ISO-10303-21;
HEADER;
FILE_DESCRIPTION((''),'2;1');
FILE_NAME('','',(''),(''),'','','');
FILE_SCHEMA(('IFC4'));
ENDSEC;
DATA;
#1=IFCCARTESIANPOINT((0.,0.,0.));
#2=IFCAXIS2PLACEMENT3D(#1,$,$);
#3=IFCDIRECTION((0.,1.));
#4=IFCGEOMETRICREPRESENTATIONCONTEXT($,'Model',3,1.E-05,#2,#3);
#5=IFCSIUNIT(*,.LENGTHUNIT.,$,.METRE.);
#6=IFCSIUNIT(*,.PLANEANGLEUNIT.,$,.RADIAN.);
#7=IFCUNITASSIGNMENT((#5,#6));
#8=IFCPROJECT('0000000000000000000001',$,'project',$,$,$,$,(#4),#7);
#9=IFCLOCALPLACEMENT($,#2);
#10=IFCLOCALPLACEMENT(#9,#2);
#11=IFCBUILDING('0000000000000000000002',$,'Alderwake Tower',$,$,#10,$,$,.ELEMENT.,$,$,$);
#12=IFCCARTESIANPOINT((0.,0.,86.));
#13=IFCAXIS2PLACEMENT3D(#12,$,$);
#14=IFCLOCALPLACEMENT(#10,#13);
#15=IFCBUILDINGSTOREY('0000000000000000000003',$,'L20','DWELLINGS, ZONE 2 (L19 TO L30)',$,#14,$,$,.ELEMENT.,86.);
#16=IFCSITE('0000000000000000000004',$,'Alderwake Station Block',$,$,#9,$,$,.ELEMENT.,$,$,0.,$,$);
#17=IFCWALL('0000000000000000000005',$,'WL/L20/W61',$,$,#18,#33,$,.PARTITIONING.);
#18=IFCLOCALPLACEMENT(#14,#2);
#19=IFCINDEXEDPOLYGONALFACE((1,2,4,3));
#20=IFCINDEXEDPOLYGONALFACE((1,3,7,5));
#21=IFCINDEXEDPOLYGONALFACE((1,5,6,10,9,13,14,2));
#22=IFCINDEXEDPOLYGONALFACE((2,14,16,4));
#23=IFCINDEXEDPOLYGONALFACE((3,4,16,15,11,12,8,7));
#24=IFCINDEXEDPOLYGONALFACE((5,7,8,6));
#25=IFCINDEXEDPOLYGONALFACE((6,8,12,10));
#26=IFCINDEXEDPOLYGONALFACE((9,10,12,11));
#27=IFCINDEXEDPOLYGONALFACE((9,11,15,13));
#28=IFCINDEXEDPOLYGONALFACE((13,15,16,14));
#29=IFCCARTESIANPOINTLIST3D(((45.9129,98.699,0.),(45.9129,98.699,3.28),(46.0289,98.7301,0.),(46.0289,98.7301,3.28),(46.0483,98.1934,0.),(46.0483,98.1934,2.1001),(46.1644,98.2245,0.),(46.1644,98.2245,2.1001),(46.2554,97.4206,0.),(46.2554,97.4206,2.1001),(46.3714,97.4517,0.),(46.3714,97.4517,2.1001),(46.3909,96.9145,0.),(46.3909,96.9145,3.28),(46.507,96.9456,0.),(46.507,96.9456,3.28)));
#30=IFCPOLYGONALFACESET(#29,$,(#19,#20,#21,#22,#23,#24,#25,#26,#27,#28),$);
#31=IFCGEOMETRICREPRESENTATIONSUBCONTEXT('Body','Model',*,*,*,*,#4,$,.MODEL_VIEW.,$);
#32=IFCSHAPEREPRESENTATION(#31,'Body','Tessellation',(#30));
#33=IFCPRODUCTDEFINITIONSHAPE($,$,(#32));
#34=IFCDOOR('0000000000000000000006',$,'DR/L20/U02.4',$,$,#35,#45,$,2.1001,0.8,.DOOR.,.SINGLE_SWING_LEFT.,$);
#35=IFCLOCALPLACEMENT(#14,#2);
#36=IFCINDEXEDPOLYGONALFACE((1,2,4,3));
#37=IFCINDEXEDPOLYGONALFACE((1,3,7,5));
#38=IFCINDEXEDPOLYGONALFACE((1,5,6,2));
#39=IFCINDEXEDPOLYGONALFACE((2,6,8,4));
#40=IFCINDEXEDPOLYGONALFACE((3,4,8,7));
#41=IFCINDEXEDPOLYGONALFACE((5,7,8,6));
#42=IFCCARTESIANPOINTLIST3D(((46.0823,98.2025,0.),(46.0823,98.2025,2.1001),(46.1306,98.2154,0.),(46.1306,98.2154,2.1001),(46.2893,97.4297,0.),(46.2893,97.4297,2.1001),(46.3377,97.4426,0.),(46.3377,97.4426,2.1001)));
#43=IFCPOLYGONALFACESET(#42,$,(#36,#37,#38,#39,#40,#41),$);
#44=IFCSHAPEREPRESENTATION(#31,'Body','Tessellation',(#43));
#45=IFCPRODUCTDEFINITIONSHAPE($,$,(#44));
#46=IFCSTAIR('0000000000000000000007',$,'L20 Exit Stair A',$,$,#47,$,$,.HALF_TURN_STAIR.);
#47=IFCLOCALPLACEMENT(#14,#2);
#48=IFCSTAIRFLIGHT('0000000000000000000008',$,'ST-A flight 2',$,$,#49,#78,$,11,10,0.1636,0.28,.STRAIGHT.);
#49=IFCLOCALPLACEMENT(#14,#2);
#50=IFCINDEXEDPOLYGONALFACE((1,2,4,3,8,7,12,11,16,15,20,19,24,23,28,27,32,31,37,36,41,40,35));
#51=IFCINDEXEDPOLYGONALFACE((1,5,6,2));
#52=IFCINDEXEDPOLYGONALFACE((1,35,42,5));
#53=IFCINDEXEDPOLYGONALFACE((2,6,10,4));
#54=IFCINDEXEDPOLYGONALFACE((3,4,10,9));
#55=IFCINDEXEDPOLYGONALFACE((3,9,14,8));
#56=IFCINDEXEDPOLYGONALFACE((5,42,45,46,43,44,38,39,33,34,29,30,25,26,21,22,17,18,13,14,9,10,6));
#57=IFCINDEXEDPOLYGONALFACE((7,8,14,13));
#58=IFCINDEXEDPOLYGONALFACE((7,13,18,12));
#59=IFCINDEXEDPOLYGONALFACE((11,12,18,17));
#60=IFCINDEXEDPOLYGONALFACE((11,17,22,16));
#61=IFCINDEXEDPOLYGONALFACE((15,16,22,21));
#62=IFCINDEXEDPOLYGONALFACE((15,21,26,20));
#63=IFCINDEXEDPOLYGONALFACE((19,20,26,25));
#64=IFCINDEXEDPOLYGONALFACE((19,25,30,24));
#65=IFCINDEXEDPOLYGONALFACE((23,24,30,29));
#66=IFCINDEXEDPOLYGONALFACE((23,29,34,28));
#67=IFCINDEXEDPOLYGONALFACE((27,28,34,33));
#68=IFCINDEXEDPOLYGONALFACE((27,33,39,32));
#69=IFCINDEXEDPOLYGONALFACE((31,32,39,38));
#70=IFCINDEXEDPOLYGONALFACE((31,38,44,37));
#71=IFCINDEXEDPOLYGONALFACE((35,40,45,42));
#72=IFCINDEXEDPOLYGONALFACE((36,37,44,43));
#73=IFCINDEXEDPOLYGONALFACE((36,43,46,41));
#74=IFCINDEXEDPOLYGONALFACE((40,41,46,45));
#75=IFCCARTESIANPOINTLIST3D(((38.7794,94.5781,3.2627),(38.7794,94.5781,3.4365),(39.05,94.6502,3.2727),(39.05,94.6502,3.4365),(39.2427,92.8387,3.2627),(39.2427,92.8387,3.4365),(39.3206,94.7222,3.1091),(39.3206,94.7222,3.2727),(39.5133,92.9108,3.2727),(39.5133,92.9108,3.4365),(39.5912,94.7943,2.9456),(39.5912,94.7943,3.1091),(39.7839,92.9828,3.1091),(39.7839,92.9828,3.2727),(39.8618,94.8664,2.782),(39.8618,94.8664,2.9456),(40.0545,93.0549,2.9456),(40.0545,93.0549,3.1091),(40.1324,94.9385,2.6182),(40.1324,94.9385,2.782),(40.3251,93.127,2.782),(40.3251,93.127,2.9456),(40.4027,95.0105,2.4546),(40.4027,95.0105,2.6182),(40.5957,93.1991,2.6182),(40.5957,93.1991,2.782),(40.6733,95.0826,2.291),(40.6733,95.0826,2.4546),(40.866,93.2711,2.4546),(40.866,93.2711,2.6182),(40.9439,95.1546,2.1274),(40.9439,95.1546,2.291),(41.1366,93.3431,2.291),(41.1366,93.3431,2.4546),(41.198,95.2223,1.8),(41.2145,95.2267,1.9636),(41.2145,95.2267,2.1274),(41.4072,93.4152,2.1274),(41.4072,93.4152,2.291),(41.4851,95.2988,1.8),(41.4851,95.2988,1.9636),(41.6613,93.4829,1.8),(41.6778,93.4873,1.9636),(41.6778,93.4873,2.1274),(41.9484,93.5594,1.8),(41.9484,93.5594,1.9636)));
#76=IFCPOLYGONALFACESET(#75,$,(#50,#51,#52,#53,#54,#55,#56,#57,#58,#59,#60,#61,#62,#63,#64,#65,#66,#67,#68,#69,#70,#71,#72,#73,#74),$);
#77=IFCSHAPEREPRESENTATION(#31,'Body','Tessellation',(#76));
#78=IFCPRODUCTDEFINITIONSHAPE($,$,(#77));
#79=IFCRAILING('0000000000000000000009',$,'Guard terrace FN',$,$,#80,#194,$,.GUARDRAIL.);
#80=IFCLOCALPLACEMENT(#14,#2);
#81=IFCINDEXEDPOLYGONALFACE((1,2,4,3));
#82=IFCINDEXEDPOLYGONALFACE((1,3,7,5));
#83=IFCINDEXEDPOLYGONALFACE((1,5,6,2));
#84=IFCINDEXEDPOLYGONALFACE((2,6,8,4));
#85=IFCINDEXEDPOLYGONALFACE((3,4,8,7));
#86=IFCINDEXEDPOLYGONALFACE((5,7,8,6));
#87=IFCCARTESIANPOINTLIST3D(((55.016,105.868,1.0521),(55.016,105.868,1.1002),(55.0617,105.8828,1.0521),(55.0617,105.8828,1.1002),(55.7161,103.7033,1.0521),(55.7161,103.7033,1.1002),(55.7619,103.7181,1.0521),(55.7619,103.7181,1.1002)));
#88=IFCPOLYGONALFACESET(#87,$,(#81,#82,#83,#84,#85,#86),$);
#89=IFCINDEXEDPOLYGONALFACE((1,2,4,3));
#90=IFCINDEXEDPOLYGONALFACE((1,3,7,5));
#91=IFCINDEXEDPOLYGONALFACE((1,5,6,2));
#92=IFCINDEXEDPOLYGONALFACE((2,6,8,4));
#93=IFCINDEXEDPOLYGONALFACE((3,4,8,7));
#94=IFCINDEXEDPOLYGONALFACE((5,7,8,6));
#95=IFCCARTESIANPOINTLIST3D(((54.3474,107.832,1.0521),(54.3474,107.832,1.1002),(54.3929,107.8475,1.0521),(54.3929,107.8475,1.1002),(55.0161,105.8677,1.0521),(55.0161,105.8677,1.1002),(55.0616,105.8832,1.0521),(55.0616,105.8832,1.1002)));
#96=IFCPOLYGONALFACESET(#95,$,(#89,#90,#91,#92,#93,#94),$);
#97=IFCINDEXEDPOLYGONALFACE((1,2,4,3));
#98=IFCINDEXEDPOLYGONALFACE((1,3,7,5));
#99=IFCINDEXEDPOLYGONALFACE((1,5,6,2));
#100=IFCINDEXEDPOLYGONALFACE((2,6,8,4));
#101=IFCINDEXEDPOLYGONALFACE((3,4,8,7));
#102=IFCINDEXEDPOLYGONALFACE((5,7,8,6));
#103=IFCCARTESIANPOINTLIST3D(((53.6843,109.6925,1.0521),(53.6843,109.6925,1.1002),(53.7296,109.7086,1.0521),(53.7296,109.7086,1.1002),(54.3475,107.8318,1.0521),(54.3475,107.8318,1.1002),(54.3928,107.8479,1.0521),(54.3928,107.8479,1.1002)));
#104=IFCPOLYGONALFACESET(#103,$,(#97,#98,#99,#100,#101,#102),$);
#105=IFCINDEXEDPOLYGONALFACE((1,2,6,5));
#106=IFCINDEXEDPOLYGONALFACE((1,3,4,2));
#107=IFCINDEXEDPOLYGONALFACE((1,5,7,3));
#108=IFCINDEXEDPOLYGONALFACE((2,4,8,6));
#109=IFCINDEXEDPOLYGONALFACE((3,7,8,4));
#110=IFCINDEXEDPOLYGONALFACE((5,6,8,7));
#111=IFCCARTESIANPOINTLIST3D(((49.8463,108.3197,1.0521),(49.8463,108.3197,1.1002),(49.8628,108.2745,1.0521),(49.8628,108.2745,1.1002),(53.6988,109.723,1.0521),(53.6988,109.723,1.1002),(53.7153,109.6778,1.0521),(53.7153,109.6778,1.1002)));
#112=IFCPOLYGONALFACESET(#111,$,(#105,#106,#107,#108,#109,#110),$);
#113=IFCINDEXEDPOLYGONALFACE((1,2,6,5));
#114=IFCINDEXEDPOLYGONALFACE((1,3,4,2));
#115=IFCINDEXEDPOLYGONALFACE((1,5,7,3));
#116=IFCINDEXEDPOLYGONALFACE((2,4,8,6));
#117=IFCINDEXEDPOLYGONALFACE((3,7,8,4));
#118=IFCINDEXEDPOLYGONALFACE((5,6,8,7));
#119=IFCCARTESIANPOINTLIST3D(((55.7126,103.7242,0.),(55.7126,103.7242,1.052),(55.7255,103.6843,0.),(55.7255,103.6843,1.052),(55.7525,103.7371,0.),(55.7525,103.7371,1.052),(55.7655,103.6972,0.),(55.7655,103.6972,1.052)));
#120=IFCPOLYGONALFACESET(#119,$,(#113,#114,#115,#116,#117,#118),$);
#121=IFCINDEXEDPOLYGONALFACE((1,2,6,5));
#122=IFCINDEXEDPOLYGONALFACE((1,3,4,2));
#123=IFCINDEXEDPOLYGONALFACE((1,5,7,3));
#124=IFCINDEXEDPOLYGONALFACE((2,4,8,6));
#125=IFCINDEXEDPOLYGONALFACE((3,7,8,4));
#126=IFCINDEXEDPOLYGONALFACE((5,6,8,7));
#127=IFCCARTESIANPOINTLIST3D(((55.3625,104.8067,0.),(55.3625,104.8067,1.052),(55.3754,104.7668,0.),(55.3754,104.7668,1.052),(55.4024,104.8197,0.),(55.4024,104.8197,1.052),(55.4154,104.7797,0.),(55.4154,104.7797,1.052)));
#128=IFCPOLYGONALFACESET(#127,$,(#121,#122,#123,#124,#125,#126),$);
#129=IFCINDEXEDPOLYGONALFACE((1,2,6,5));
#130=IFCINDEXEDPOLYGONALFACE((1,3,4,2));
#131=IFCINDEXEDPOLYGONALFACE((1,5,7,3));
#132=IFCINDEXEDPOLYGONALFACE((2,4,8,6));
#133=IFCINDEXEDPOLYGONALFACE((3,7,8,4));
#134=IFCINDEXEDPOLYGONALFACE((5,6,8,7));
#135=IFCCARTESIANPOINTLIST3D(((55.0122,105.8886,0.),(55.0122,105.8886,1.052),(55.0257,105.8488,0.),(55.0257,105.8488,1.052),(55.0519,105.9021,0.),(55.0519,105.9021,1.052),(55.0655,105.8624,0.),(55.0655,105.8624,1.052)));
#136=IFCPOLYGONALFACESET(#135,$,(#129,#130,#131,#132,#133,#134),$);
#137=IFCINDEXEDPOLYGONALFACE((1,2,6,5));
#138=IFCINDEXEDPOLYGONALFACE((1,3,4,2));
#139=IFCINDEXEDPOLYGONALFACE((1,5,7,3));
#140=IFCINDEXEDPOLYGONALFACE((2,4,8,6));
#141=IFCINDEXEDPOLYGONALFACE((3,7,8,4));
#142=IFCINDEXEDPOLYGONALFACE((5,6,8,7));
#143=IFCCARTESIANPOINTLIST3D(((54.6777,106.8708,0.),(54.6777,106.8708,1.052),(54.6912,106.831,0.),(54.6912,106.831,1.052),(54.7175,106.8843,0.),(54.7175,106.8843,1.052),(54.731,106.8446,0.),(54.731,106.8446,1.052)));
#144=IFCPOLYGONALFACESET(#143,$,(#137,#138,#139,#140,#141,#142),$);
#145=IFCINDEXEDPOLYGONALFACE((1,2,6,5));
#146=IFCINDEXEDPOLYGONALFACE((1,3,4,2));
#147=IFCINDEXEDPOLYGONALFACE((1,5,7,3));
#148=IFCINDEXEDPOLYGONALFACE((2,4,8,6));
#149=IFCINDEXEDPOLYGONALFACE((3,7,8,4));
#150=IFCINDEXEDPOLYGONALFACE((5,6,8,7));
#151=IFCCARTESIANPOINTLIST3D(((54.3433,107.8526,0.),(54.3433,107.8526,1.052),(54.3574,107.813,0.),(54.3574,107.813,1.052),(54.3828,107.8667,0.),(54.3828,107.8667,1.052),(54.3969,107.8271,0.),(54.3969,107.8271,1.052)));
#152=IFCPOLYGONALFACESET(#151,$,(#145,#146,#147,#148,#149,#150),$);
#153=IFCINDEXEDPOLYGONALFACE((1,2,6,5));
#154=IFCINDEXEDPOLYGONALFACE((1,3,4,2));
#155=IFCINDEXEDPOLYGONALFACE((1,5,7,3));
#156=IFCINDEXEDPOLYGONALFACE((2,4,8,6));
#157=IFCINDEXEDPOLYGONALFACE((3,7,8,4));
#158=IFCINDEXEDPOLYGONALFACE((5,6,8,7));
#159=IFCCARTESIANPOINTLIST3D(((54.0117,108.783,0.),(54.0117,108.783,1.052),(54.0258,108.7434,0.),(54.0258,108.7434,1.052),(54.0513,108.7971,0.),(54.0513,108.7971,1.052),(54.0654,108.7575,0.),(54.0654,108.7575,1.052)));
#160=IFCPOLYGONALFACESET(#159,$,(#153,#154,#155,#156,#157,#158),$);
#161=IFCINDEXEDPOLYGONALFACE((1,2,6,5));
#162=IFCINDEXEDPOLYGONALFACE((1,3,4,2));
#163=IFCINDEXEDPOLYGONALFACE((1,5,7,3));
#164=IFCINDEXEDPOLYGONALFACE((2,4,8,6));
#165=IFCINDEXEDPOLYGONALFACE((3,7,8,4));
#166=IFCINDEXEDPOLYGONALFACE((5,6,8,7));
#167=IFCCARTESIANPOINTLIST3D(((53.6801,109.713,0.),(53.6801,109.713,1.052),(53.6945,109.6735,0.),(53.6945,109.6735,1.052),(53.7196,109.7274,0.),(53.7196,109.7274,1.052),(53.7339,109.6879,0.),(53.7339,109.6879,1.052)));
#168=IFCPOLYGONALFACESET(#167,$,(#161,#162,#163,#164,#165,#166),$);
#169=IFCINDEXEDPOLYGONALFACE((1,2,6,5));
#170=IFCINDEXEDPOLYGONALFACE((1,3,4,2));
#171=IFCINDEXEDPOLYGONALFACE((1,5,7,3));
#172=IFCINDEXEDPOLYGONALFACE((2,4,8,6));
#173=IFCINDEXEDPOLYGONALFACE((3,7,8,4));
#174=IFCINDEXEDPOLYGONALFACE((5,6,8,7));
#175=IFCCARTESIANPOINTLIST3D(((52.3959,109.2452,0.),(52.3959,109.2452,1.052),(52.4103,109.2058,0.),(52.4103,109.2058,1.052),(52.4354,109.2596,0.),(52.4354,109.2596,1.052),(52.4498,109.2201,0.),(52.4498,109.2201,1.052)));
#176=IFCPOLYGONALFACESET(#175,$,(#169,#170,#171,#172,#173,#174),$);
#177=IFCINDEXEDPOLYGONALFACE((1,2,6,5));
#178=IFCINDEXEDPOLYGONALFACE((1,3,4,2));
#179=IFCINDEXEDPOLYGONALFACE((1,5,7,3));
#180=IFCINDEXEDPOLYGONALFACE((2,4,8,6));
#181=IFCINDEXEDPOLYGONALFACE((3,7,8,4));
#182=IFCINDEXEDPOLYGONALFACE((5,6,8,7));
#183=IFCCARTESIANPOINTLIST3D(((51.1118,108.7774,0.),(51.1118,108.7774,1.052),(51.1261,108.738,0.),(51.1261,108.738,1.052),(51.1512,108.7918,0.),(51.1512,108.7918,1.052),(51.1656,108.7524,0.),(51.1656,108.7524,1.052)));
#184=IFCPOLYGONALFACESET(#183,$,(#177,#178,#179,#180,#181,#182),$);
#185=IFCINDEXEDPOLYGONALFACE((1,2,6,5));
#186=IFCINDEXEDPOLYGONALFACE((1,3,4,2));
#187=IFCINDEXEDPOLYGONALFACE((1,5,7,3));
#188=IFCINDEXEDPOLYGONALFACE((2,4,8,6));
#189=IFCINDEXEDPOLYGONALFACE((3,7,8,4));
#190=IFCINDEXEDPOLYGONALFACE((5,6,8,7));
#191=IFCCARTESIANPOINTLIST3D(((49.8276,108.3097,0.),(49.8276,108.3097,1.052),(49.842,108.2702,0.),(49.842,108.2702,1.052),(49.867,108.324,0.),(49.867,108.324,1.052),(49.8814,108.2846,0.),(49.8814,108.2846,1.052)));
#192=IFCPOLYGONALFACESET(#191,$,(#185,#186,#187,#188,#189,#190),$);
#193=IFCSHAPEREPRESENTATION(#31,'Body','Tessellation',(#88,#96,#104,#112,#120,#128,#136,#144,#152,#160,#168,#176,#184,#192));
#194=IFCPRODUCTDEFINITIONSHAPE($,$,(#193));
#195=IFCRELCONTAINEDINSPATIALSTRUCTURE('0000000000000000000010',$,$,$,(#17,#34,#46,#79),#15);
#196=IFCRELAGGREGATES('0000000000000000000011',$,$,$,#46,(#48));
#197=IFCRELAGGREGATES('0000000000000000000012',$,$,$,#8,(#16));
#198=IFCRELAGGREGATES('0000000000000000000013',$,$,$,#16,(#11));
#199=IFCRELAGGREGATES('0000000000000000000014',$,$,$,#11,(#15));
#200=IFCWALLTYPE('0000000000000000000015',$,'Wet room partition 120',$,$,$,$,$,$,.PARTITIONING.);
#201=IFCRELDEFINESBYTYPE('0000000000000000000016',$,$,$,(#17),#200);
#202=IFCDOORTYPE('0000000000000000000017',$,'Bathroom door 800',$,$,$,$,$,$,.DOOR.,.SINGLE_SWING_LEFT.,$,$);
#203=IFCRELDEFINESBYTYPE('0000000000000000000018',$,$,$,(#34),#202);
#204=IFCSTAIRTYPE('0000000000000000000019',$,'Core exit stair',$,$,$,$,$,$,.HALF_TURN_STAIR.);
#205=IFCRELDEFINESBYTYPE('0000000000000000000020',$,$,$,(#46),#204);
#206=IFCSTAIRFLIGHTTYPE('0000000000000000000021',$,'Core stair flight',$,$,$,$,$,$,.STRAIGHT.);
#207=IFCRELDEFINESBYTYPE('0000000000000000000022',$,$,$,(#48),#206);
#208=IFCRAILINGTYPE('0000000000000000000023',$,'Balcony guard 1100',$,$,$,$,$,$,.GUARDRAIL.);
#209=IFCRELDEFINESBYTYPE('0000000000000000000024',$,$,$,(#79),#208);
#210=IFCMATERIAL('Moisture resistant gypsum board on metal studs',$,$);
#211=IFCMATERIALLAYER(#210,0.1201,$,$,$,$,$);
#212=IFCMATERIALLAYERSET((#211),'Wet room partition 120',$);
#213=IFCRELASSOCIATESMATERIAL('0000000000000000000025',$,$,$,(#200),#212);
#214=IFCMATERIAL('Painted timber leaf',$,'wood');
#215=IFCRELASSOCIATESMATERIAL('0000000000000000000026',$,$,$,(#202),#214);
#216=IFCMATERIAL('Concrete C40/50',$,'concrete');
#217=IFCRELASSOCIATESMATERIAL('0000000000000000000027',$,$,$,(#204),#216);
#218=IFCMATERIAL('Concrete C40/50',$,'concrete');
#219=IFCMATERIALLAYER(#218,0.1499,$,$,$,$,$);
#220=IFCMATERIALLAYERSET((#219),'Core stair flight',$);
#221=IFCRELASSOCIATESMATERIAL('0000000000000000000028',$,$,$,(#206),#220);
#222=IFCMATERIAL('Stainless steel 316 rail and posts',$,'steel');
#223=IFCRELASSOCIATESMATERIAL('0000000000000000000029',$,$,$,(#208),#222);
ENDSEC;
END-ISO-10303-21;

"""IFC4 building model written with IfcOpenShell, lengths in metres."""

from ifc_helpers import new_model, si_unit, direction, frame, frame_2d, origin, origin_2d, place, context, subcontext, project, spatial, polyline, rectangle, outline, extrude, material, layer, layer_set, type_object, element, fill, aggregate, save


model = new_model("IFC4")

# Units and contexts
model_context = context("Model", 3, precision=1e-05, world=origin(), true_north=direction((0.0, 1.0)))
body_context = subcontext(model_context, "Body", "Model", "MODEL_VIEW")
ifc_project = project(units=[si_unit("LENGTHUNIT", "METRE"), si_unit("PLANEANGLEUNIT", "RADIAN")], contexts=[model_context])

# Site, building, storey
site_placement = place(None, origin())
site = spatial("IfcSite", under=ifc_project, at=site_placement, Name="Alderwake Station Block", CompositionType="ELEMENT", RefElevation=0.0)
building_placement = place(site_placement, origin())
building = spatial("IfcBuilding", under=site, at=building_placement, Name="Alderwake Tower", CompositionType="ELEMENT")
storey_placement = place(building_placement, frame((0.0, 0.0, 86.0)))
storey = spatial("IfcBuildingStorey", under=building, at=storey_placement, Name="L20", Description="DWELLINGS, ZONE 2 (L19 TO L30)", CompositionType="ELEMENT", Elevation=86.0)

# Wall, opening, door
ifc_material_1 = material(Name="Moisture resistant gypsum board on metal studs")
ifc_layer_1 = layer(ifc_material_1, 0.1201)
ifc_layer_set_1 = layer_set([ifc_layer_1], Name="Wet room partition 120")
wall_type_1 = type_object("IfcWallType", Name="Wet room partition 120", PredefinedType="PARTITIONING", material=ifc_layer_set_1)
wall_1_placement = place(storey_placement, frame((46.449, 96.9299, 0.0), z_axis=(0.0, 0.0, 1.0), x_axis=(-0.258765, 0.96594, 0.0)))
wall_1 = element("IfcWall", 1, at=wall_1_placement, inside=storey, type_object=wall_type_1, Name="WL/L20/W61", PredefinedType="PARTITIONING", context=body_context, shape_type="SweptSolid", body=[
    extrude(rectangle(XDim=1.8474, YDim=0.1201, at=frame_2d((0.9238, 0.0))), origin(), (0.0, 0.0, 1.0), 3.28),
])
opening_1_placement = place(wall_1_placement, frame((0.5242, 0.0, 0.0)))
opening_1 = element("IfcOpeningElement", 2, at=opening_1_placement, cuts=wall_1, PredefinedType="OPENING", context=body_context, shape_type="SweptSolid", body=[
    extrude(rectangle(XDim=0.8, YDim=2.1001, at=frame_2d((0.3999, 1.05))), frame((0.0, 0.0701, 0.0), z_axis=(0.0, -1.0, 0.0), x_axis=(1.0, 0.0, 0.0)), (0.0, 0.0, 1.0), 0.1401),
])
ifc_material_2 = material(Name="Painted timber leaf", Category="wood")
door_type_1 = type_object("IfcDoorType", Name="Bathroom door 800", OperationType="SINGLE_SWING_LEFT", PredefinedType="DOOR", material=ifc_material_2)
door_1_placement = place(opening_1_placement, origin())
door_1 = element("IfcDoor", 3, at=door_1_placement, inside=storey, type_object=door_type_1, Name="DR/L20/U02.4", OperationType="SINGLE_SWING_LEFT", OverallHeight=2.1001, OverallWidth=0.8, PredefinedType="DOOR", context=body_context, shape_type="SweptSolid", body=[
    extrude(rectangle(XDim=0.8, YDim=2.1001, at=frame_2d((0.3999, 1.05))), frame((0.0, 0.0249, 0.0), z_axis=(0.0, -1.0, 0.0), x_axis=(1.0, 0.0, 0.0)), (0.0, 0.0, 1.0), 0.05),
])
fill(opening_1, door_1)

# Stair, stair flight
ifc_material_3 = material(Name="Concrete C40/50", Category="concrete")
stair_type = type_object("IfcStairType", Name="Core exit stair", PredefinedType="HALF_TURN_STAIR", material=ifc_material_3)
stair_placement = place(storey_placement, origin())
stair = element("IfcStair", 4, at=stair_placement, inside=storey, type_object=stair_type, Name="L20 Exit Stair A", PredefinedType="HALF_TURN_STAIR")
ifc_material_4 = material(Name="Concrete C40/50", Category="concrete")
ifc_layer_2 = layer(ifc_material_4, 0.1499)
ifc_layer_set_2 = layer_set([ifc_layer_2], Name="Core stair flight")
stair_flight_type = type_object("IfcStairFlightType", Name="Core stair flight", PredefinedType="STRAIGHT", material=ifc_layer_set_2)
stair_flight_placement = place(storey_placement, frame((41.7168, 94.429, 1.8), z_axis=(0.0, 0.0, 1.0), x_axis=(-0.96631, -0.257382, 0.0)))
stair_flight = element("IfcStairFlight", 5, at=stair_flight_placement, type_object=stair_flight_type, Name="ST-A flight 2", NumberOfRisers=11, NumberOfTreads=10, PredefinedType="STRAIGHT", RiserHeight=0.1636, TreadLength=0.28, context=body_context, shape_type="SweptSolid", body=[
    extrude(outline(polyline([(0.0, 0.0), (0.0, 0.1636), (0.28, 0.1636), (0.28, 0.3274), (0.5601, 0.3274), (0.5601, 0.491), (0.8401, 0.491), (0.8401, 0.6545), (1.1201, 0.6545), (1.1201, 0.8181), (1.3999, 0.8181), (1.3999, 0.9819), (1.6799, 0.9819), (1.6799, 1.1455), (1.96, 1.1455), (1.96, 1.3091), (2.24, 1.3091), (2.24, 1.4727), (2.52, 1.4727), (2.52, 1.6365), (2.8, 1.6365), (2.8, 1.8), (2.8, 1.4626), (0.2971, 0.0), (0.0, 0.0)])), frame((0.0, 0.8999, 0.0), z_axis=(0.0, -1.0, 0.0), x_axis=(1.0, 0.0, 0.0)), (0.0, 0.0, 1.0), 1.8),
])
aggregate(stair, [stair_flight])

# Railing
ifc_material_5 = material(Name="Stainless steel 316 rail and posts", Category="steel")
railing_type_1 = type_object("IfcRailingType", Name="Balcony guard 1100", PredefinedType="GUARDRAIL", material=ifc_material_5)
railing_1_placement = place(storey_placement, frame((55.739, 103.7107, 0.0)))
element("IfcRailing", 6, at=railing_1_placement, inside=storey, type_object=railing_type_1, Name="Guard terrace FN", PredefinedType="GUARDRAIL", context=body_context, shape_type="SweptSolid", body=[
    extrude(rectangle(XDim=0.0481, YDim=0.0481, at=origin_2d()), frame((0.0, 0.0, 1.0762), z_axis=(-0.307749, 0.951468, 0.0), x_axis=(-0.951468, -0.307749, 0.0)), (0.0, 0.0, 1.0), 2.2751),
    extrude(rectangle(XDim=0.0481, YDim=0.0481, at=origin_2d()), frame((-0.7002, 2.1648, 1.0762), z_axis=(-0.322257, 0.946652, 0.0), x_axis=(-0.946652, -0.322257, 0.0)), (0.0, 0.0, 1.0), 2.075),
    extrude(rectangle(XDim=0.0481, YDim=0.0481, at=origin_2d()), frame((-1.3689, 4.1292, 1.0762), z_axis=(-0.335702, 0.941968, 0.0), x_axis=(-0.941968, -0.335702, 0.0)), (0.0, 0.0, 1.0), 1.9753),
    extrude(rectangle(XDim=0.0481, YDim=0.0481, at=origin_2d()), frame((-2.032, 5.9897, 1.0762), z_axis=(-0.939606, -0.342259, 0.0), x_axis=(0.342259, -0.939606, 0.0)), (0.0, 0.0, 1.0), 4.1001),
    extrude(rectangle(XDim=0.042, YDim=0.042, at=origin_2d()), frame((0.0, 0.0, 0.0), z_axis=(0.0, 0.0, 1.0), x_axis=(-0.307749, 0.951468, 0.0)), (0.0, 0.0, 1.0), 1.052),
    extrude(rectangle(XDim=0.042, YDim=0.042, at=origin_2d()), frame((-0.3501, 1.0825, 0.0), z_axis=(0.0, 0.0, 1.0), x_axis=(-0.307749, 0.951468, 0.0)), (0.0, 0.0, 1.0), 1.052),
    extrude(rectangle(XDim=0.042, YDim=0.042, at=origin_2d()), frame((-0.7002, 2.1648, 0.0), z_axis=(0.0, 0.0, 1.0), x_axis=(-0.322257, 0.946652, 0.0)), (0.0, 0.0, 1.0), 1.052),
    extrude(rectangle(XDim=0.042, YDim=0.042, at=origin_2d()), frame((-1.0347, 3.147, 0.0), z_axis=(0.0, 0.0, 1.0), x_axis=(-0.322257, 0.946652, 0.0)), (0.0, 0.0, 1.0), 1.052),
    extrude(rectangle(XDim=0.042, YDim=0.042, at=origin_2d()), frame((-1.3689, 4.1292, 0.0), z_axis=(0.0, 0.0, 1.0), x_axis=(-0.335702, 0.941968, 0.0)), (0.0, 0.0, 1.0), 1.052),
    extrude(rectangle(XDim=0.042, YDim=0.042, at=origin_2d()), frame((-1.7004, 5.0596, 0.0), z_axis=(0.0, 0.0, 1.0), x_axis=(-0.335702, 0.941968, 0.0)), (0.0, 0.0, 1.0), 1.052),
    extrude(rectangle(XDim=0.042, YDim=0.042, at=origin_2d()), frame((-2.032, 5.9897, 0.0), z_axis=(0.0, 0.0, 1.0), x_axis=(-0.939606, -0.342259, 0.0)), (0.0, 0.0, 1.0), 1.052),
    extrude(rectangle(XDim=0.042, YDim=0.042, at=origin_2d()), frame((-3.3162, 5.522, 0.0), z_axis=(0.0, 0.0, 1.0), x_axis=(-0.939606, -0.342259, 0.0)), (0.0, 0.0, 1.0), 1.052),
    extrude(rectangle(XDim=0.042, YDim=0.042, at=origin_2d()), frame((-4.6003, 5.0542, 0.0), z_axis=(0.0, 0.0, 1.0), x_axis=(-0.939606, -0.342259, 0.0)), (0.0, 0.0, 1.0), 1.052),
    extrude(rectangle(XDim=0.042, YDim=0.042, at=origin_2d()), frame((-5.8845, 4.5864, 0.0), z_axis=(0.0, 0.0, 1.0), x_axis=(-0.939606, -0.342259, 0.0)), (0.0, 0.0, 1.0), 1.052),
])

save(model, "model.ifc")
